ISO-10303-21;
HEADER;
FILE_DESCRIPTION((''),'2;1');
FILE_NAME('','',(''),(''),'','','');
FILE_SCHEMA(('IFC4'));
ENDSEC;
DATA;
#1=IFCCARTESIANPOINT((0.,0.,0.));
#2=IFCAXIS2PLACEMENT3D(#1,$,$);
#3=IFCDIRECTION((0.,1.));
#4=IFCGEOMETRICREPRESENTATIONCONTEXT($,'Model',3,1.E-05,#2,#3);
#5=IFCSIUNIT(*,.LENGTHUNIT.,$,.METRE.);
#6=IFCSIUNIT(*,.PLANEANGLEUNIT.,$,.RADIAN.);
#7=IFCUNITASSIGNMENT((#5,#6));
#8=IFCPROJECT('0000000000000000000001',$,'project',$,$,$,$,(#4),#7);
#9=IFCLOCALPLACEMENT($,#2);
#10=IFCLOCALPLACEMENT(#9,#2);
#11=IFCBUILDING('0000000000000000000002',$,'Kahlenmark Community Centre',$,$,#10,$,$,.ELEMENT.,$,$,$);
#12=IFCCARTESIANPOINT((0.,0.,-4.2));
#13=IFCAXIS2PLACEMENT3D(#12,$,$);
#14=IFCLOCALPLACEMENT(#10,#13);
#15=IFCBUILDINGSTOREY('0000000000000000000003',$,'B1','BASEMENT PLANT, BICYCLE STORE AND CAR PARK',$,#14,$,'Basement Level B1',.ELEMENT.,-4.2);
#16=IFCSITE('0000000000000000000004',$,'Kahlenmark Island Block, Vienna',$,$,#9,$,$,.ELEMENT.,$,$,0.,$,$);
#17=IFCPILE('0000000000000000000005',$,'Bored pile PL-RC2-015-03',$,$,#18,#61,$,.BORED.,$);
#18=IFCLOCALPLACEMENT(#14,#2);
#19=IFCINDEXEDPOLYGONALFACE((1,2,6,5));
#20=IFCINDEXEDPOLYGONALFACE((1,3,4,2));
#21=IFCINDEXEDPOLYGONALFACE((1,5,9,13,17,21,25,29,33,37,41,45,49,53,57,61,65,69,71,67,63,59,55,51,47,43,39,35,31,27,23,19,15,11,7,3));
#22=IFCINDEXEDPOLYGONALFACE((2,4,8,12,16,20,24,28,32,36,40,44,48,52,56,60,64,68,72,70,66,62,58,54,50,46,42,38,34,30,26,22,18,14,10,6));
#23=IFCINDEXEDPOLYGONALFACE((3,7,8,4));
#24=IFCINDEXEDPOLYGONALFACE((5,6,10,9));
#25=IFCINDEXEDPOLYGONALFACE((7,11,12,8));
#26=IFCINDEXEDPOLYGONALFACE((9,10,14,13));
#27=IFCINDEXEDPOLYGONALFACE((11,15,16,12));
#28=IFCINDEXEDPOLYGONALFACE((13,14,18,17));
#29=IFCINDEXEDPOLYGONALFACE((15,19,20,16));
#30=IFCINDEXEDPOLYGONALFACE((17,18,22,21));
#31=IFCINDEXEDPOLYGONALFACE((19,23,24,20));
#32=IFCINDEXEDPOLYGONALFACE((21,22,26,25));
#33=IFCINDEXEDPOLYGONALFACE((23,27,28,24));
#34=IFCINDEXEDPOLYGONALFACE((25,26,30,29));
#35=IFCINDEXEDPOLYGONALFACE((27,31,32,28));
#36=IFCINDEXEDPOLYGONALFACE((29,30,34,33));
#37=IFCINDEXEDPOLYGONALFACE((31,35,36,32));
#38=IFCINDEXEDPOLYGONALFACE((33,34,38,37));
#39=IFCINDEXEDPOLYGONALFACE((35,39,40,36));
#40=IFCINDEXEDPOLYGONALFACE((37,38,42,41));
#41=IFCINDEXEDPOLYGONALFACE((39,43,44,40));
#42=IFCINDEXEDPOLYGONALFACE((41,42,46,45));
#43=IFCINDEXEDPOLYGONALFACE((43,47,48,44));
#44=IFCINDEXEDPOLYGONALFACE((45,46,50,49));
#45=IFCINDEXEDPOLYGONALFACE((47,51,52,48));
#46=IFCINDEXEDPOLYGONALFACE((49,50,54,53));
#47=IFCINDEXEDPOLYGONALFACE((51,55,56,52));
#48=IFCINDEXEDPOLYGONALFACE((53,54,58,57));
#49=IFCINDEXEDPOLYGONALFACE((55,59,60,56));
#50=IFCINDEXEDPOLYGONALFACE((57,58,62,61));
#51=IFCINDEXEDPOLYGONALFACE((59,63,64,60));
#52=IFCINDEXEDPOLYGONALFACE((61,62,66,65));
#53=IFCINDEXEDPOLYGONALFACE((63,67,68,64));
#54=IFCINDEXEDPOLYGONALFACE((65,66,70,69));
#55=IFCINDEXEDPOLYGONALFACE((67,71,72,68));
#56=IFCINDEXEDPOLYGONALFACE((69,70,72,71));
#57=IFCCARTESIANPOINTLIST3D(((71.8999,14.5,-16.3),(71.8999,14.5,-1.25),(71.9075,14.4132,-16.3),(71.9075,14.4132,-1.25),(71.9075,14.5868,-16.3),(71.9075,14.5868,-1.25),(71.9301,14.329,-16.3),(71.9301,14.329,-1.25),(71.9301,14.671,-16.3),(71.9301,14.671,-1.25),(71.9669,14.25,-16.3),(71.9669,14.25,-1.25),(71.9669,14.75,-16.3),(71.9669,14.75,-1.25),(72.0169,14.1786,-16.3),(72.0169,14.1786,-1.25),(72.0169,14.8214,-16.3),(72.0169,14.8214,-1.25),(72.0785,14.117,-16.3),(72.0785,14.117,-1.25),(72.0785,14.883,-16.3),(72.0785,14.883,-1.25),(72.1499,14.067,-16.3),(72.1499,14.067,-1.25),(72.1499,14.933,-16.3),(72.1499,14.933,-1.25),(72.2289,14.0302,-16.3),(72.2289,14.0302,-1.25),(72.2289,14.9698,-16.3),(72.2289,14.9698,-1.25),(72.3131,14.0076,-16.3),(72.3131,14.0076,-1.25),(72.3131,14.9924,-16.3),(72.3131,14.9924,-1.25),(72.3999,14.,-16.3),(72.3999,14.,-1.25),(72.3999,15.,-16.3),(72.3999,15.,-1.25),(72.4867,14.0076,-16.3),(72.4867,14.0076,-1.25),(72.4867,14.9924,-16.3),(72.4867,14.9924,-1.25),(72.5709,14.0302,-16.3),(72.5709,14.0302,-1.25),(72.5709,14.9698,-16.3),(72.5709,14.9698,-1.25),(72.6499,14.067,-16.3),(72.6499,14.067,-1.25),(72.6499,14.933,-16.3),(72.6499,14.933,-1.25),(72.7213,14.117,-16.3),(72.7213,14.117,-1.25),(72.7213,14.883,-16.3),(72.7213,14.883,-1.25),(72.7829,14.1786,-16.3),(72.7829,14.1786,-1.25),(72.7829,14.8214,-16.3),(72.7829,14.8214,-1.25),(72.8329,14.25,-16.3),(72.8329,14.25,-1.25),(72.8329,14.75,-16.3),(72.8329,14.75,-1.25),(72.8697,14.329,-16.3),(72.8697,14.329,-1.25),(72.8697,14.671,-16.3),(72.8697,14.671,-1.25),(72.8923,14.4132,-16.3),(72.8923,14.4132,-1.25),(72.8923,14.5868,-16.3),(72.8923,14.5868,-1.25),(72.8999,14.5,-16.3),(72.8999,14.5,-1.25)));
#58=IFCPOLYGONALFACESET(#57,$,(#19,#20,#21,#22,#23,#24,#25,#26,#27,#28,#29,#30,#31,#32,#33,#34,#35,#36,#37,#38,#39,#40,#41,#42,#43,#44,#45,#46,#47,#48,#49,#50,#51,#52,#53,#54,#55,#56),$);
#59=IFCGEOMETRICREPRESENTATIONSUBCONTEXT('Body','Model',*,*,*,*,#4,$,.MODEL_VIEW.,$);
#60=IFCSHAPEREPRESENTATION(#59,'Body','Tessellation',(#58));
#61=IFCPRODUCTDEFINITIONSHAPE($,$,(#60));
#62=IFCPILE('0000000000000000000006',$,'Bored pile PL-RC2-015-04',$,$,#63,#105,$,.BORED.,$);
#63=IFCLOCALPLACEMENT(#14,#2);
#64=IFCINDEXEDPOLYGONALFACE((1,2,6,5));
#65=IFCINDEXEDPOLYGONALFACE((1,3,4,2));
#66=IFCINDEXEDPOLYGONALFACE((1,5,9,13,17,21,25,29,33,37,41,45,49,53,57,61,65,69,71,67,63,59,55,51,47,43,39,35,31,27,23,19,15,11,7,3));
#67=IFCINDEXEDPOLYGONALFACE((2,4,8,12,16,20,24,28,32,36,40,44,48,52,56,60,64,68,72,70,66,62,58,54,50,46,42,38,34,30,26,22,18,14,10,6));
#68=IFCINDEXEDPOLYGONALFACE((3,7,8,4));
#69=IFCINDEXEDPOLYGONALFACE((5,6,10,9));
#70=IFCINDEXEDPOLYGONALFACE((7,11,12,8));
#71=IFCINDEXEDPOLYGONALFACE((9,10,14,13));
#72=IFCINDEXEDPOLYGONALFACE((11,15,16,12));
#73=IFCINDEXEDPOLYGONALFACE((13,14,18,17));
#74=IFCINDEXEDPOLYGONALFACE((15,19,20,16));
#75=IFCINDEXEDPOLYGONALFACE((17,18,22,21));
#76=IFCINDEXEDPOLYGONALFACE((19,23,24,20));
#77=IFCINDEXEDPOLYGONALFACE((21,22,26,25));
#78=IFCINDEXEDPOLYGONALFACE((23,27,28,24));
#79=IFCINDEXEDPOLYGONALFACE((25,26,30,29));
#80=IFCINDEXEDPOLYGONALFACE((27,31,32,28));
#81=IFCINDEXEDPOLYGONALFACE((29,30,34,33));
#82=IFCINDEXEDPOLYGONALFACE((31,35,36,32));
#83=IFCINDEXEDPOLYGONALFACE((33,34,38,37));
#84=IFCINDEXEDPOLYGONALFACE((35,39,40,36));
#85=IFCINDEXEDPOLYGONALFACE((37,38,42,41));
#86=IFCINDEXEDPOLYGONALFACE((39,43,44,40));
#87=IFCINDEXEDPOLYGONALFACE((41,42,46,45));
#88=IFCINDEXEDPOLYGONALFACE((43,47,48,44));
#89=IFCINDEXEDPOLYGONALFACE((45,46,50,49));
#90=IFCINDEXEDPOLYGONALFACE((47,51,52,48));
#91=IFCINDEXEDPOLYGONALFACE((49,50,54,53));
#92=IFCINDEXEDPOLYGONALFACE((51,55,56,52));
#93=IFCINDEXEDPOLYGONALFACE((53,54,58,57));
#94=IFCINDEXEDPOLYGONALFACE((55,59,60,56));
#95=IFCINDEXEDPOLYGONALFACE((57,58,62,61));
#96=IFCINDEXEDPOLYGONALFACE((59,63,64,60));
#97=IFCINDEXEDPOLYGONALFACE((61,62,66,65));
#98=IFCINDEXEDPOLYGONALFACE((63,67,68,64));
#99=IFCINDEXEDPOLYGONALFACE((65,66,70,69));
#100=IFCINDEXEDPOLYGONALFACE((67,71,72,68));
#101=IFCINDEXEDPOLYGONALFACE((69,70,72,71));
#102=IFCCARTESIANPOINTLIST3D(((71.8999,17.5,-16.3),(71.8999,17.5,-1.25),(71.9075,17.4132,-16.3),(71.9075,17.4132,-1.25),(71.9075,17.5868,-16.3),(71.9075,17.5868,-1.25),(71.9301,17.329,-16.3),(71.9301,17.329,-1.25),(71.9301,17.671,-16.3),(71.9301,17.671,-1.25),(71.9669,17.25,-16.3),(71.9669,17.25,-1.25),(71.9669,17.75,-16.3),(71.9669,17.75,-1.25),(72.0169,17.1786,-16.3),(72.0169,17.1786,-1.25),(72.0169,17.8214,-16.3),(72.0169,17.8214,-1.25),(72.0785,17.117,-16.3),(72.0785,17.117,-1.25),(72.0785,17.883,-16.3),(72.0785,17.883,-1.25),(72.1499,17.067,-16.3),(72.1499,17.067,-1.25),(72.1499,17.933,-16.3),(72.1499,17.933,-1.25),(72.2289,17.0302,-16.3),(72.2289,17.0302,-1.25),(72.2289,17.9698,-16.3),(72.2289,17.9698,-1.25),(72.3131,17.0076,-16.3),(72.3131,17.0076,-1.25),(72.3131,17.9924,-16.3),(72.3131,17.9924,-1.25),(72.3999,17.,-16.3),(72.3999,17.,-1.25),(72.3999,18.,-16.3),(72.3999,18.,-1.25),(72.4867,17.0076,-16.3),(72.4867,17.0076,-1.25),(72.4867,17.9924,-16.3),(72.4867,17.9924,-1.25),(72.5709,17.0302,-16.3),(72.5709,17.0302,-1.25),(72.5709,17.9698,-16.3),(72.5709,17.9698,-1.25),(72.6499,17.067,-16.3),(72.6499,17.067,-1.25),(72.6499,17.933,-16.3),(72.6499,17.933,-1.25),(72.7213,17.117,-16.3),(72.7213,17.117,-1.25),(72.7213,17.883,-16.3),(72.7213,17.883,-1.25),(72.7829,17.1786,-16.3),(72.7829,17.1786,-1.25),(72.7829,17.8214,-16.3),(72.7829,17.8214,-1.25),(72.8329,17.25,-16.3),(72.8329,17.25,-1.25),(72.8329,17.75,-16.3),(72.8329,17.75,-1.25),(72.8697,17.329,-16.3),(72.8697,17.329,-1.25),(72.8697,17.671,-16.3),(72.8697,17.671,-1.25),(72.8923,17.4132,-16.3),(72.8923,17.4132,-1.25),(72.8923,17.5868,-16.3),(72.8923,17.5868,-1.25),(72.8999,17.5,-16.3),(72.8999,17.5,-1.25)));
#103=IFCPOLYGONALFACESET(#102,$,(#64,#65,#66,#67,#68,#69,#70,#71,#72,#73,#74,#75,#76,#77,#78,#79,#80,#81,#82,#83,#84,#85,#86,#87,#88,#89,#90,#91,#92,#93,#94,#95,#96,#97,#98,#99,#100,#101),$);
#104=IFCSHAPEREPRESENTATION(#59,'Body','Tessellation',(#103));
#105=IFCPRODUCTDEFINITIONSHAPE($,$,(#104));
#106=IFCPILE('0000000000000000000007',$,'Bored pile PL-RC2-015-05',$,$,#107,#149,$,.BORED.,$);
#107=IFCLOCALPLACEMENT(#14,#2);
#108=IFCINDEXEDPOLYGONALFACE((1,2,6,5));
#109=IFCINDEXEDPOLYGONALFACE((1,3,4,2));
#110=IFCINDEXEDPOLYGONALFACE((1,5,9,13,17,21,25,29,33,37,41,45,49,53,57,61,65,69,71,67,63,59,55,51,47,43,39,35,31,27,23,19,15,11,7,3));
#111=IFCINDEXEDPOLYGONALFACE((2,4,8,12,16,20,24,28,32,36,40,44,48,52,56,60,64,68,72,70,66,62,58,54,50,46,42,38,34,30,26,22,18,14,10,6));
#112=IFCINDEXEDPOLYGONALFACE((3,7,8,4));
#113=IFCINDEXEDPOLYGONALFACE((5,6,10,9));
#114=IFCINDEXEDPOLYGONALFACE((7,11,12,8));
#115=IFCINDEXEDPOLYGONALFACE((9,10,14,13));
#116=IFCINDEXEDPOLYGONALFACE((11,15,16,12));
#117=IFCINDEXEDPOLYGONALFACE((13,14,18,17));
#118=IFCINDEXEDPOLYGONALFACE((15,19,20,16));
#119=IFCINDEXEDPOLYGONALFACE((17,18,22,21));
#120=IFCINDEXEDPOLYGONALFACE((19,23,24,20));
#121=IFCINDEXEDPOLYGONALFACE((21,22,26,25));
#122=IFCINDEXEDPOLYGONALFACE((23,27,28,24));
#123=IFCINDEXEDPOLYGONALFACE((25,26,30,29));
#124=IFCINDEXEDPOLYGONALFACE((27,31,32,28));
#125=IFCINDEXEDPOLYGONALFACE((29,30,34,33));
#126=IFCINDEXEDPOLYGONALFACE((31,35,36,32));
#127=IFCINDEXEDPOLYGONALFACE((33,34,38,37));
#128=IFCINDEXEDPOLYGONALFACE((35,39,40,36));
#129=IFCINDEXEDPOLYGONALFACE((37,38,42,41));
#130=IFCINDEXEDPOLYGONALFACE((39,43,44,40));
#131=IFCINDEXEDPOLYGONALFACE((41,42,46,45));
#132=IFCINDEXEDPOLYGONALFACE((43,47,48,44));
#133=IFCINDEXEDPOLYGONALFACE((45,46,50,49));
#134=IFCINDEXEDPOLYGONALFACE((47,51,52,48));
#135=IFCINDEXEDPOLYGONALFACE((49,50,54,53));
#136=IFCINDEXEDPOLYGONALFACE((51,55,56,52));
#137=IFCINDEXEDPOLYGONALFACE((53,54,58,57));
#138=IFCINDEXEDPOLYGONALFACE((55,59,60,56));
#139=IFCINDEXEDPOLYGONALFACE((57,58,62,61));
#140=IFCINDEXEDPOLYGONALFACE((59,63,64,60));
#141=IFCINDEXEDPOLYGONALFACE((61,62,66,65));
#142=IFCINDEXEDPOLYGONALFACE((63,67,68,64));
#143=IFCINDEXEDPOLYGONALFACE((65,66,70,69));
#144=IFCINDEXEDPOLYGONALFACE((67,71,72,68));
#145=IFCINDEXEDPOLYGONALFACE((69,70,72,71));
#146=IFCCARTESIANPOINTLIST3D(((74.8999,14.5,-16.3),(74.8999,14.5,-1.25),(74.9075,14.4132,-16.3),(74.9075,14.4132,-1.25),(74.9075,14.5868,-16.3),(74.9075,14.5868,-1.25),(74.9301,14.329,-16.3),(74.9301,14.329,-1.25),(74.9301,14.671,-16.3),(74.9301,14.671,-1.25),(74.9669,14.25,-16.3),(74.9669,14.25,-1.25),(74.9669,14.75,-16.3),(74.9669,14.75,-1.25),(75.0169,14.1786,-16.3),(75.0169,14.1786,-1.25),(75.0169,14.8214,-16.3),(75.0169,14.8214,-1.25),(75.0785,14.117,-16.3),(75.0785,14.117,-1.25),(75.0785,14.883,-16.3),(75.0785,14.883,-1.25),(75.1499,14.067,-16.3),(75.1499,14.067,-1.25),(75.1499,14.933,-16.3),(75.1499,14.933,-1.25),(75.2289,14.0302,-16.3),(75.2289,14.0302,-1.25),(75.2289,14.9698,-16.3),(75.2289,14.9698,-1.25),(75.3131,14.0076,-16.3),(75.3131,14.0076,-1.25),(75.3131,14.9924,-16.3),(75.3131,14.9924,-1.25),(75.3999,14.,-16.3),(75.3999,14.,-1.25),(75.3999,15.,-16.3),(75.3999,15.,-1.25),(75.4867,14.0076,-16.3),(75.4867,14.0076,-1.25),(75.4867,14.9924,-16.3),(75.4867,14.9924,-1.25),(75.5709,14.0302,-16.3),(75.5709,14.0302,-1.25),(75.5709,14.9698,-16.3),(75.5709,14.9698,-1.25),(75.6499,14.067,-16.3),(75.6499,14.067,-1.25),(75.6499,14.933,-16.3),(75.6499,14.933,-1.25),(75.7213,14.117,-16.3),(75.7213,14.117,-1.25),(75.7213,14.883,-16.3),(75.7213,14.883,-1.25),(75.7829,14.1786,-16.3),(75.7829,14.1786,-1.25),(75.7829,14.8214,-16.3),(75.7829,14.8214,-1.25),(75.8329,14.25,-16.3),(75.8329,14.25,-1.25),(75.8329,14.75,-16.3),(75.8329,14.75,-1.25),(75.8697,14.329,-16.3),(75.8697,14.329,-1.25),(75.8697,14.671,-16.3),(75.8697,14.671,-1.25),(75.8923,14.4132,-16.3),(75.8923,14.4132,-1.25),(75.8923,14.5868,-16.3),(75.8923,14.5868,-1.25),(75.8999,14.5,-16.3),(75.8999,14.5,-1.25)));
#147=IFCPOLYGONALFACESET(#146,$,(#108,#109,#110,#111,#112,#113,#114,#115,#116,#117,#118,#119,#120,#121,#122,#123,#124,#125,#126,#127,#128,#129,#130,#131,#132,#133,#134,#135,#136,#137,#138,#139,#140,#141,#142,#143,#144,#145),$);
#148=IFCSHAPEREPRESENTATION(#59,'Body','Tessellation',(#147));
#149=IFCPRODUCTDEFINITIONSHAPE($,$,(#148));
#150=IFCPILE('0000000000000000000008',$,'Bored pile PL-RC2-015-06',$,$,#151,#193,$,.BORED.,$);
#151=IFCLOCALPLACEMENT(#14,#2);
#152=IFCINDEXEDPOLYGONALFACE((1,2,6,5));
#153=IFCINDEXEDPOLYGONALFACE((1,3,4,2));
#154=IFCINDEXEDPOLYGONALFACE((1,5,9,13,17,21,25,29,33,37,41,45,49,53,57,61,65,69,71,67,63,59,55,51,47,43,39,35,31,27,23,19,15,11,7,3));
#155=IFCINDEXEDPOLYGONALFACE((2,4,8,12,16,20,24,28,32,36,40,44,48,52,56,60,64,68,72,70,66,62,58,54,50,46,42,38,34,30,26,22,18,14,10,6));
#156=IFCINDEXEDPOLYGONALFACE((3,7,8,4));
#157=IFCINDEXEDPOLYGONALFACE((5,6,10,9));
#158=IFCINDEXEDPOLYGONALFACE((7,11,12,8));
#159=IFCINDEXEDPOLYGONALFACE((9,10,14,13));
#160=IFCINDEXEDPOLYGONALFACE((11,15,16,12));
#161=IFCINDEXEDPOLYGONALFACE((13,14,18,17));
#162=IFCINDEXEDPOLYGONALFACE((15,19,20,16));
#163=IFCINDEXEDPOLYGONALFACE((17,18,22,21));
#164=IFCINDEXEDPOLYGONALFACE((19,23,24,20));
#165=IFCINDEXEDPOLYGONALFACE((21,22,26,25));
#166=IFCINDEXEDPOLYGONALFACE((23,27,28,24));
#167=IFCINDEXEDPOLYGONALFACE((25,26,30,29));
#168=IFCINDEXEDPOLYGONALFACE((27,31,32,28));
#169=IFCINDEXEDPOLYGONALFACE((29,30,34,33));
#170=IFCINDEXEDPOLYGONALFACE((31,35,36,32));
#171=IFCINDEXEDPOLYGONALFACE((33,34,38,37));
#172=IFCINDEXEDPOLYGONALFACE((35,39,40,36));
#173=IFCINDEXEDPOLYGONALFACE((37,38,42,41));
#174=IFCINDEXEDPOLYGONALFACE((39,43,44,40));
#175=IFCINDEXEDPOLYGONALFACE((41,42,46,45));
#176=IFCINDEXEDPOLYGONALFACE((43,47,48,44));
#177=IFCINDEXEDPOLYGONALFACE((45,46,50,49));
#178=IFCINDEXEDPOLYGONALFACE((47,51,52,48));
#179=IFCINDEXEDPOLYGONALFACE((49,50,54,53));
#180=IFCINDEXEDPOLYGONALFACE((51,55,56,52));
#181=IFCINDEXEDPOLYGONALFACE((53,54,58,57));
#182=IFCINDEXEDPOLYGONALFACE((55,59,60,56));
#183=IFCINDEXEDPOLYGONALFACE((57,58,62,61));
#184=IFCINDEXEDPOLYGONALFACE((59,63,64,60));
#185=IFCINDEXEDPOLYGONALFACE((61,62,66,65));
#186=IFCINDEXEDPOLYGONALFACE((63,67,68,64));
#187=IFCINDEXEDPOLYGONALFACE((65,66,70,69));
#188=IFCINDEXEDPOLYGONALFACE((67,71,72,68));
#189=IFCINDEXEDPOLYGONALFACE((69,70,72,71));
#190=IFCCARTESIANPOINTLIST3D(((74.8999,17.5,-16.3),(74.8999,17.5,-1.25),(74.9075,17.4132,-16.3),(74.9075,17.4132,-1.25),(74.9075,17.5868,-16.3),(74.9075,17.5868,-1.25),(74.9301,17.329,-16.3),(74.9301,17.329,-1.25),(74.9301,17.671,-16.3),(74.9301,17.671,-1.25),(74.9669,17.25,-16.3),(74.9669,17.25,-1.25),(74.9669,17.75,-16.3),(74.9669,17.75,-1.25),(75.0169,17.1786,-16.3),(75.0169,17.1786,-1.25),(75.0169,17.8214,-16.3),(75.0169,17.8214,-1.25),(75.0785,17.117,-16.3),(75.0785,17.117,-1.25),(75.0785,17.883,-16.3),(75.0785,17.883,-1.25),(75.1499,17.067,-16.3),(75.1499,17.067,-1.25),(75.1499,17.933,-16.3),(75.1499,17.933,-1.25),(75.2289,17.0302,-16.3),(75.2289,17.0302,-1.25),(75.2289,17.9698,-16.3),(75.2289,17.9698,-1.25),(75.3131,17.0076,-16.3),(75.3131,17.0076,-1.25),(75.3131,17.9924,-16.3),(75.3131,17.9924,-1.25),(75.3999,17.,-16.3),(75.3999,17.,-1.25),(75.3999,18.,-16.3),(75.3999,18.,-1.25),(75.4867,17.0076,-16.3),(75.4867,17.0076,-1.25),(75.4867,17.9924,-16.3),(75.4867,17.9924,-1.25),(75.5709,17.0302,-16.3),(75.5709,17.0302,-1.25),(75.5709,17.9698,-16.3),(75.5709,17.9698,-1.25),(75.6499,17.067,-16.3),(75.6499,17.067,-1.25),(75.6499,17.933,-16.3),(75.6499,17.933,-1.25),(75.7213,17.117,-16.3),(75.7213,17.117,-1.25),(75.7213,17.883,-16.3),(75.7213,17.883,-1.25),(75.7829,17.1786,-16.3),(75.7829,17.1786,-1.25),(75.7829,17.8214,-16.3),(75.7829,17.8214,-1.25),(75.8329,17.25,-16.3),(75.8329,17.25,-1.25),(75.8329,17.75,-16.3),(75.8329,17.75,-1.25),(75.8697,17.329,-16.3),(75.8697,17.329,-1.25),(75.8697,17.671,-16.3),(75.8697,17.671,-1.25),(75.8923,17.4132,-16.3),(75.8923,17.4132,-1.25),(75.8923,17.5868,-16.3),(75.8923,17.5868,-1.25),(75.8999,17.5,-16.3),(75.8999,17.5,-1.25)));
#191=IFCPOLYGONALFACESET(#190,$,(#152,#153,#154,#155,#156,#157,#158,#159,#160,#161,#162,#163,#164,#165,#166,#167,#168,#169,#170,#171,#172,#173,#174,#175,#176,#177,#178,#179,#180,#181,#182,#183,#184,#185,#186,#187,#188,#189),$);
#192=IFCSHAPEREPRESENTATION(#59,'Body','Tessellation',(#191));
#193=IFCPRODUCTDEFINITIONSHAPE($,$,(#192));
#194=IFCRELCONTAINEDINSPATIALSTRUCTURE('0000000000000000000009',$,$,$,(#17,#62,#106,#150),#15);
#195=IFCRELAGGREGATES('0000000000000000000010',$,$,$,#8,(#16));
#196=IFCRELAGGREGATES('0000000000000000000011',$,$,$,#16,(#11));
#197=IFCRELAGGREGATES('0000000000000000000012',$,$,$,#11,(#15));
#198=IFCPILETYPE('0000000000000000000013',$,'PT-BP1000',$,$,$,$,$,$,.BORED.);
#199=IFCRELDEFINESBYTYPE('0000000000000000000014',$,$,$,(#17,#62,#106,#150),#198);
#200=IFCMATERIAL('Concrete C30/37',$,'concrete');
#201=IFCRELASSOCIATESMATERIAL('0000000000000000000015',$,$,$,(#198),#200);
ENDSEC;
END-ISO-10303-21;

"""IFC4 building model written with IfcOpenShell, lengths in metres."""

from ifc_helpers import new_model, si_unit, direction, frame, origin, origin_2d, place, context, subcontext, project, spatial, circle, extrude, material, material_profile, profile_set, type_object, element, save


model = new_model("IFC4")

# Units and contexts
model_context = context("Model", 3, precision=1e-05, world=origin(), true_north=direction((0.0, 1.0)))
body_context = subcontext(model_context, "Body", "Model", "MODEL_VIEW")
ifc_project = project(units=[si_unit("LENGTHUNIT", "METRE"), si_unit("PLANEANGLEUNIT", "RADIAN")], contexts=[model_context])

# Site, building, storey
site_placement = place(None, origin())
site = spatial("IfcSite", under=ifc_project, at=site_placement, Name="Kahlenmark Island Block, Vienna", CompositionType="ELEMENT", RefElevation=0.0)
building_placement = place(site_placement, origin())
building = spatial("IfcBuilding", under=site, at=building_placement, Name="Kahlenmark Community Centre", CompositionType="ELEMENT")
storey_placement = place(building_placement, frame((0.0, 0.0, -4.2)))
storey = spatial("IfcBuildingStorey", under=building, at=storey_placement, Name="B1", Description="BASEMENT PLANT, BICYCLE STORE AND CAR PARK", LongName="Basement Level B1", CompositionType="ELEMENT", Elevation=-4.2)

# Shared definitions
ifc_material_1 = material(Name="Concrete C30/37", Category="concrete")

# Piles
ifc_material_profile_1 = material_profile(ifc_material_1, circle(Radius=0.5, at=origin_2d()), Name="BORED PILE 1000")
ifc_profile_set_1 = profile_set([ifc_material_profile_1], Name="Concrete C30/37")
pile_type_1 = type_object("IfcPileType", Name="PT-BP1000", PredefinedType="BORED", material=ifc_profile_set_1)
for number, where, z_axis, x_axis, name in (
    (1, (72.3999, 14.5, -1.25), (0.0, 0.0, -1.0), (1.0, 0.0, 0.0), "Bored pile PL-RC2-015-03"),
    (2, (72.3999, 17.5, -1.25), (0.0, 0.0, -1.0), (1.0, 0.0, 0.0), "Bored pile PL-RC2-015-04"),
    (3, (75.3999, 14.5, -1.25), (0.0, 0.0, -1.0), (1.0, 0.0, 0.0), "Bored pile PL-RC2-015-05"),
    (4, (75.3999, 17.5, -1.25), (0.0, 0.0, -1.0), (1.0, 0.0, 0.0), "Bored pile PL-RC2-015-06"),
):
    element("IfcPile", number, at=place(storey_placement, frame(where, z_axis=z_axis, x_axis=x_axis)), inside=storey, type_object=pile_type_1, Name=name, PredefinedType="BORED", context=body_context, shape_type="SweptSolid", body=[
        extrude(circle(Radius=0.5, at=origin_2d()), origin(), (0.0, 0.0, 1.0), 15.05),
    ])

save(model, "model.ifc")
